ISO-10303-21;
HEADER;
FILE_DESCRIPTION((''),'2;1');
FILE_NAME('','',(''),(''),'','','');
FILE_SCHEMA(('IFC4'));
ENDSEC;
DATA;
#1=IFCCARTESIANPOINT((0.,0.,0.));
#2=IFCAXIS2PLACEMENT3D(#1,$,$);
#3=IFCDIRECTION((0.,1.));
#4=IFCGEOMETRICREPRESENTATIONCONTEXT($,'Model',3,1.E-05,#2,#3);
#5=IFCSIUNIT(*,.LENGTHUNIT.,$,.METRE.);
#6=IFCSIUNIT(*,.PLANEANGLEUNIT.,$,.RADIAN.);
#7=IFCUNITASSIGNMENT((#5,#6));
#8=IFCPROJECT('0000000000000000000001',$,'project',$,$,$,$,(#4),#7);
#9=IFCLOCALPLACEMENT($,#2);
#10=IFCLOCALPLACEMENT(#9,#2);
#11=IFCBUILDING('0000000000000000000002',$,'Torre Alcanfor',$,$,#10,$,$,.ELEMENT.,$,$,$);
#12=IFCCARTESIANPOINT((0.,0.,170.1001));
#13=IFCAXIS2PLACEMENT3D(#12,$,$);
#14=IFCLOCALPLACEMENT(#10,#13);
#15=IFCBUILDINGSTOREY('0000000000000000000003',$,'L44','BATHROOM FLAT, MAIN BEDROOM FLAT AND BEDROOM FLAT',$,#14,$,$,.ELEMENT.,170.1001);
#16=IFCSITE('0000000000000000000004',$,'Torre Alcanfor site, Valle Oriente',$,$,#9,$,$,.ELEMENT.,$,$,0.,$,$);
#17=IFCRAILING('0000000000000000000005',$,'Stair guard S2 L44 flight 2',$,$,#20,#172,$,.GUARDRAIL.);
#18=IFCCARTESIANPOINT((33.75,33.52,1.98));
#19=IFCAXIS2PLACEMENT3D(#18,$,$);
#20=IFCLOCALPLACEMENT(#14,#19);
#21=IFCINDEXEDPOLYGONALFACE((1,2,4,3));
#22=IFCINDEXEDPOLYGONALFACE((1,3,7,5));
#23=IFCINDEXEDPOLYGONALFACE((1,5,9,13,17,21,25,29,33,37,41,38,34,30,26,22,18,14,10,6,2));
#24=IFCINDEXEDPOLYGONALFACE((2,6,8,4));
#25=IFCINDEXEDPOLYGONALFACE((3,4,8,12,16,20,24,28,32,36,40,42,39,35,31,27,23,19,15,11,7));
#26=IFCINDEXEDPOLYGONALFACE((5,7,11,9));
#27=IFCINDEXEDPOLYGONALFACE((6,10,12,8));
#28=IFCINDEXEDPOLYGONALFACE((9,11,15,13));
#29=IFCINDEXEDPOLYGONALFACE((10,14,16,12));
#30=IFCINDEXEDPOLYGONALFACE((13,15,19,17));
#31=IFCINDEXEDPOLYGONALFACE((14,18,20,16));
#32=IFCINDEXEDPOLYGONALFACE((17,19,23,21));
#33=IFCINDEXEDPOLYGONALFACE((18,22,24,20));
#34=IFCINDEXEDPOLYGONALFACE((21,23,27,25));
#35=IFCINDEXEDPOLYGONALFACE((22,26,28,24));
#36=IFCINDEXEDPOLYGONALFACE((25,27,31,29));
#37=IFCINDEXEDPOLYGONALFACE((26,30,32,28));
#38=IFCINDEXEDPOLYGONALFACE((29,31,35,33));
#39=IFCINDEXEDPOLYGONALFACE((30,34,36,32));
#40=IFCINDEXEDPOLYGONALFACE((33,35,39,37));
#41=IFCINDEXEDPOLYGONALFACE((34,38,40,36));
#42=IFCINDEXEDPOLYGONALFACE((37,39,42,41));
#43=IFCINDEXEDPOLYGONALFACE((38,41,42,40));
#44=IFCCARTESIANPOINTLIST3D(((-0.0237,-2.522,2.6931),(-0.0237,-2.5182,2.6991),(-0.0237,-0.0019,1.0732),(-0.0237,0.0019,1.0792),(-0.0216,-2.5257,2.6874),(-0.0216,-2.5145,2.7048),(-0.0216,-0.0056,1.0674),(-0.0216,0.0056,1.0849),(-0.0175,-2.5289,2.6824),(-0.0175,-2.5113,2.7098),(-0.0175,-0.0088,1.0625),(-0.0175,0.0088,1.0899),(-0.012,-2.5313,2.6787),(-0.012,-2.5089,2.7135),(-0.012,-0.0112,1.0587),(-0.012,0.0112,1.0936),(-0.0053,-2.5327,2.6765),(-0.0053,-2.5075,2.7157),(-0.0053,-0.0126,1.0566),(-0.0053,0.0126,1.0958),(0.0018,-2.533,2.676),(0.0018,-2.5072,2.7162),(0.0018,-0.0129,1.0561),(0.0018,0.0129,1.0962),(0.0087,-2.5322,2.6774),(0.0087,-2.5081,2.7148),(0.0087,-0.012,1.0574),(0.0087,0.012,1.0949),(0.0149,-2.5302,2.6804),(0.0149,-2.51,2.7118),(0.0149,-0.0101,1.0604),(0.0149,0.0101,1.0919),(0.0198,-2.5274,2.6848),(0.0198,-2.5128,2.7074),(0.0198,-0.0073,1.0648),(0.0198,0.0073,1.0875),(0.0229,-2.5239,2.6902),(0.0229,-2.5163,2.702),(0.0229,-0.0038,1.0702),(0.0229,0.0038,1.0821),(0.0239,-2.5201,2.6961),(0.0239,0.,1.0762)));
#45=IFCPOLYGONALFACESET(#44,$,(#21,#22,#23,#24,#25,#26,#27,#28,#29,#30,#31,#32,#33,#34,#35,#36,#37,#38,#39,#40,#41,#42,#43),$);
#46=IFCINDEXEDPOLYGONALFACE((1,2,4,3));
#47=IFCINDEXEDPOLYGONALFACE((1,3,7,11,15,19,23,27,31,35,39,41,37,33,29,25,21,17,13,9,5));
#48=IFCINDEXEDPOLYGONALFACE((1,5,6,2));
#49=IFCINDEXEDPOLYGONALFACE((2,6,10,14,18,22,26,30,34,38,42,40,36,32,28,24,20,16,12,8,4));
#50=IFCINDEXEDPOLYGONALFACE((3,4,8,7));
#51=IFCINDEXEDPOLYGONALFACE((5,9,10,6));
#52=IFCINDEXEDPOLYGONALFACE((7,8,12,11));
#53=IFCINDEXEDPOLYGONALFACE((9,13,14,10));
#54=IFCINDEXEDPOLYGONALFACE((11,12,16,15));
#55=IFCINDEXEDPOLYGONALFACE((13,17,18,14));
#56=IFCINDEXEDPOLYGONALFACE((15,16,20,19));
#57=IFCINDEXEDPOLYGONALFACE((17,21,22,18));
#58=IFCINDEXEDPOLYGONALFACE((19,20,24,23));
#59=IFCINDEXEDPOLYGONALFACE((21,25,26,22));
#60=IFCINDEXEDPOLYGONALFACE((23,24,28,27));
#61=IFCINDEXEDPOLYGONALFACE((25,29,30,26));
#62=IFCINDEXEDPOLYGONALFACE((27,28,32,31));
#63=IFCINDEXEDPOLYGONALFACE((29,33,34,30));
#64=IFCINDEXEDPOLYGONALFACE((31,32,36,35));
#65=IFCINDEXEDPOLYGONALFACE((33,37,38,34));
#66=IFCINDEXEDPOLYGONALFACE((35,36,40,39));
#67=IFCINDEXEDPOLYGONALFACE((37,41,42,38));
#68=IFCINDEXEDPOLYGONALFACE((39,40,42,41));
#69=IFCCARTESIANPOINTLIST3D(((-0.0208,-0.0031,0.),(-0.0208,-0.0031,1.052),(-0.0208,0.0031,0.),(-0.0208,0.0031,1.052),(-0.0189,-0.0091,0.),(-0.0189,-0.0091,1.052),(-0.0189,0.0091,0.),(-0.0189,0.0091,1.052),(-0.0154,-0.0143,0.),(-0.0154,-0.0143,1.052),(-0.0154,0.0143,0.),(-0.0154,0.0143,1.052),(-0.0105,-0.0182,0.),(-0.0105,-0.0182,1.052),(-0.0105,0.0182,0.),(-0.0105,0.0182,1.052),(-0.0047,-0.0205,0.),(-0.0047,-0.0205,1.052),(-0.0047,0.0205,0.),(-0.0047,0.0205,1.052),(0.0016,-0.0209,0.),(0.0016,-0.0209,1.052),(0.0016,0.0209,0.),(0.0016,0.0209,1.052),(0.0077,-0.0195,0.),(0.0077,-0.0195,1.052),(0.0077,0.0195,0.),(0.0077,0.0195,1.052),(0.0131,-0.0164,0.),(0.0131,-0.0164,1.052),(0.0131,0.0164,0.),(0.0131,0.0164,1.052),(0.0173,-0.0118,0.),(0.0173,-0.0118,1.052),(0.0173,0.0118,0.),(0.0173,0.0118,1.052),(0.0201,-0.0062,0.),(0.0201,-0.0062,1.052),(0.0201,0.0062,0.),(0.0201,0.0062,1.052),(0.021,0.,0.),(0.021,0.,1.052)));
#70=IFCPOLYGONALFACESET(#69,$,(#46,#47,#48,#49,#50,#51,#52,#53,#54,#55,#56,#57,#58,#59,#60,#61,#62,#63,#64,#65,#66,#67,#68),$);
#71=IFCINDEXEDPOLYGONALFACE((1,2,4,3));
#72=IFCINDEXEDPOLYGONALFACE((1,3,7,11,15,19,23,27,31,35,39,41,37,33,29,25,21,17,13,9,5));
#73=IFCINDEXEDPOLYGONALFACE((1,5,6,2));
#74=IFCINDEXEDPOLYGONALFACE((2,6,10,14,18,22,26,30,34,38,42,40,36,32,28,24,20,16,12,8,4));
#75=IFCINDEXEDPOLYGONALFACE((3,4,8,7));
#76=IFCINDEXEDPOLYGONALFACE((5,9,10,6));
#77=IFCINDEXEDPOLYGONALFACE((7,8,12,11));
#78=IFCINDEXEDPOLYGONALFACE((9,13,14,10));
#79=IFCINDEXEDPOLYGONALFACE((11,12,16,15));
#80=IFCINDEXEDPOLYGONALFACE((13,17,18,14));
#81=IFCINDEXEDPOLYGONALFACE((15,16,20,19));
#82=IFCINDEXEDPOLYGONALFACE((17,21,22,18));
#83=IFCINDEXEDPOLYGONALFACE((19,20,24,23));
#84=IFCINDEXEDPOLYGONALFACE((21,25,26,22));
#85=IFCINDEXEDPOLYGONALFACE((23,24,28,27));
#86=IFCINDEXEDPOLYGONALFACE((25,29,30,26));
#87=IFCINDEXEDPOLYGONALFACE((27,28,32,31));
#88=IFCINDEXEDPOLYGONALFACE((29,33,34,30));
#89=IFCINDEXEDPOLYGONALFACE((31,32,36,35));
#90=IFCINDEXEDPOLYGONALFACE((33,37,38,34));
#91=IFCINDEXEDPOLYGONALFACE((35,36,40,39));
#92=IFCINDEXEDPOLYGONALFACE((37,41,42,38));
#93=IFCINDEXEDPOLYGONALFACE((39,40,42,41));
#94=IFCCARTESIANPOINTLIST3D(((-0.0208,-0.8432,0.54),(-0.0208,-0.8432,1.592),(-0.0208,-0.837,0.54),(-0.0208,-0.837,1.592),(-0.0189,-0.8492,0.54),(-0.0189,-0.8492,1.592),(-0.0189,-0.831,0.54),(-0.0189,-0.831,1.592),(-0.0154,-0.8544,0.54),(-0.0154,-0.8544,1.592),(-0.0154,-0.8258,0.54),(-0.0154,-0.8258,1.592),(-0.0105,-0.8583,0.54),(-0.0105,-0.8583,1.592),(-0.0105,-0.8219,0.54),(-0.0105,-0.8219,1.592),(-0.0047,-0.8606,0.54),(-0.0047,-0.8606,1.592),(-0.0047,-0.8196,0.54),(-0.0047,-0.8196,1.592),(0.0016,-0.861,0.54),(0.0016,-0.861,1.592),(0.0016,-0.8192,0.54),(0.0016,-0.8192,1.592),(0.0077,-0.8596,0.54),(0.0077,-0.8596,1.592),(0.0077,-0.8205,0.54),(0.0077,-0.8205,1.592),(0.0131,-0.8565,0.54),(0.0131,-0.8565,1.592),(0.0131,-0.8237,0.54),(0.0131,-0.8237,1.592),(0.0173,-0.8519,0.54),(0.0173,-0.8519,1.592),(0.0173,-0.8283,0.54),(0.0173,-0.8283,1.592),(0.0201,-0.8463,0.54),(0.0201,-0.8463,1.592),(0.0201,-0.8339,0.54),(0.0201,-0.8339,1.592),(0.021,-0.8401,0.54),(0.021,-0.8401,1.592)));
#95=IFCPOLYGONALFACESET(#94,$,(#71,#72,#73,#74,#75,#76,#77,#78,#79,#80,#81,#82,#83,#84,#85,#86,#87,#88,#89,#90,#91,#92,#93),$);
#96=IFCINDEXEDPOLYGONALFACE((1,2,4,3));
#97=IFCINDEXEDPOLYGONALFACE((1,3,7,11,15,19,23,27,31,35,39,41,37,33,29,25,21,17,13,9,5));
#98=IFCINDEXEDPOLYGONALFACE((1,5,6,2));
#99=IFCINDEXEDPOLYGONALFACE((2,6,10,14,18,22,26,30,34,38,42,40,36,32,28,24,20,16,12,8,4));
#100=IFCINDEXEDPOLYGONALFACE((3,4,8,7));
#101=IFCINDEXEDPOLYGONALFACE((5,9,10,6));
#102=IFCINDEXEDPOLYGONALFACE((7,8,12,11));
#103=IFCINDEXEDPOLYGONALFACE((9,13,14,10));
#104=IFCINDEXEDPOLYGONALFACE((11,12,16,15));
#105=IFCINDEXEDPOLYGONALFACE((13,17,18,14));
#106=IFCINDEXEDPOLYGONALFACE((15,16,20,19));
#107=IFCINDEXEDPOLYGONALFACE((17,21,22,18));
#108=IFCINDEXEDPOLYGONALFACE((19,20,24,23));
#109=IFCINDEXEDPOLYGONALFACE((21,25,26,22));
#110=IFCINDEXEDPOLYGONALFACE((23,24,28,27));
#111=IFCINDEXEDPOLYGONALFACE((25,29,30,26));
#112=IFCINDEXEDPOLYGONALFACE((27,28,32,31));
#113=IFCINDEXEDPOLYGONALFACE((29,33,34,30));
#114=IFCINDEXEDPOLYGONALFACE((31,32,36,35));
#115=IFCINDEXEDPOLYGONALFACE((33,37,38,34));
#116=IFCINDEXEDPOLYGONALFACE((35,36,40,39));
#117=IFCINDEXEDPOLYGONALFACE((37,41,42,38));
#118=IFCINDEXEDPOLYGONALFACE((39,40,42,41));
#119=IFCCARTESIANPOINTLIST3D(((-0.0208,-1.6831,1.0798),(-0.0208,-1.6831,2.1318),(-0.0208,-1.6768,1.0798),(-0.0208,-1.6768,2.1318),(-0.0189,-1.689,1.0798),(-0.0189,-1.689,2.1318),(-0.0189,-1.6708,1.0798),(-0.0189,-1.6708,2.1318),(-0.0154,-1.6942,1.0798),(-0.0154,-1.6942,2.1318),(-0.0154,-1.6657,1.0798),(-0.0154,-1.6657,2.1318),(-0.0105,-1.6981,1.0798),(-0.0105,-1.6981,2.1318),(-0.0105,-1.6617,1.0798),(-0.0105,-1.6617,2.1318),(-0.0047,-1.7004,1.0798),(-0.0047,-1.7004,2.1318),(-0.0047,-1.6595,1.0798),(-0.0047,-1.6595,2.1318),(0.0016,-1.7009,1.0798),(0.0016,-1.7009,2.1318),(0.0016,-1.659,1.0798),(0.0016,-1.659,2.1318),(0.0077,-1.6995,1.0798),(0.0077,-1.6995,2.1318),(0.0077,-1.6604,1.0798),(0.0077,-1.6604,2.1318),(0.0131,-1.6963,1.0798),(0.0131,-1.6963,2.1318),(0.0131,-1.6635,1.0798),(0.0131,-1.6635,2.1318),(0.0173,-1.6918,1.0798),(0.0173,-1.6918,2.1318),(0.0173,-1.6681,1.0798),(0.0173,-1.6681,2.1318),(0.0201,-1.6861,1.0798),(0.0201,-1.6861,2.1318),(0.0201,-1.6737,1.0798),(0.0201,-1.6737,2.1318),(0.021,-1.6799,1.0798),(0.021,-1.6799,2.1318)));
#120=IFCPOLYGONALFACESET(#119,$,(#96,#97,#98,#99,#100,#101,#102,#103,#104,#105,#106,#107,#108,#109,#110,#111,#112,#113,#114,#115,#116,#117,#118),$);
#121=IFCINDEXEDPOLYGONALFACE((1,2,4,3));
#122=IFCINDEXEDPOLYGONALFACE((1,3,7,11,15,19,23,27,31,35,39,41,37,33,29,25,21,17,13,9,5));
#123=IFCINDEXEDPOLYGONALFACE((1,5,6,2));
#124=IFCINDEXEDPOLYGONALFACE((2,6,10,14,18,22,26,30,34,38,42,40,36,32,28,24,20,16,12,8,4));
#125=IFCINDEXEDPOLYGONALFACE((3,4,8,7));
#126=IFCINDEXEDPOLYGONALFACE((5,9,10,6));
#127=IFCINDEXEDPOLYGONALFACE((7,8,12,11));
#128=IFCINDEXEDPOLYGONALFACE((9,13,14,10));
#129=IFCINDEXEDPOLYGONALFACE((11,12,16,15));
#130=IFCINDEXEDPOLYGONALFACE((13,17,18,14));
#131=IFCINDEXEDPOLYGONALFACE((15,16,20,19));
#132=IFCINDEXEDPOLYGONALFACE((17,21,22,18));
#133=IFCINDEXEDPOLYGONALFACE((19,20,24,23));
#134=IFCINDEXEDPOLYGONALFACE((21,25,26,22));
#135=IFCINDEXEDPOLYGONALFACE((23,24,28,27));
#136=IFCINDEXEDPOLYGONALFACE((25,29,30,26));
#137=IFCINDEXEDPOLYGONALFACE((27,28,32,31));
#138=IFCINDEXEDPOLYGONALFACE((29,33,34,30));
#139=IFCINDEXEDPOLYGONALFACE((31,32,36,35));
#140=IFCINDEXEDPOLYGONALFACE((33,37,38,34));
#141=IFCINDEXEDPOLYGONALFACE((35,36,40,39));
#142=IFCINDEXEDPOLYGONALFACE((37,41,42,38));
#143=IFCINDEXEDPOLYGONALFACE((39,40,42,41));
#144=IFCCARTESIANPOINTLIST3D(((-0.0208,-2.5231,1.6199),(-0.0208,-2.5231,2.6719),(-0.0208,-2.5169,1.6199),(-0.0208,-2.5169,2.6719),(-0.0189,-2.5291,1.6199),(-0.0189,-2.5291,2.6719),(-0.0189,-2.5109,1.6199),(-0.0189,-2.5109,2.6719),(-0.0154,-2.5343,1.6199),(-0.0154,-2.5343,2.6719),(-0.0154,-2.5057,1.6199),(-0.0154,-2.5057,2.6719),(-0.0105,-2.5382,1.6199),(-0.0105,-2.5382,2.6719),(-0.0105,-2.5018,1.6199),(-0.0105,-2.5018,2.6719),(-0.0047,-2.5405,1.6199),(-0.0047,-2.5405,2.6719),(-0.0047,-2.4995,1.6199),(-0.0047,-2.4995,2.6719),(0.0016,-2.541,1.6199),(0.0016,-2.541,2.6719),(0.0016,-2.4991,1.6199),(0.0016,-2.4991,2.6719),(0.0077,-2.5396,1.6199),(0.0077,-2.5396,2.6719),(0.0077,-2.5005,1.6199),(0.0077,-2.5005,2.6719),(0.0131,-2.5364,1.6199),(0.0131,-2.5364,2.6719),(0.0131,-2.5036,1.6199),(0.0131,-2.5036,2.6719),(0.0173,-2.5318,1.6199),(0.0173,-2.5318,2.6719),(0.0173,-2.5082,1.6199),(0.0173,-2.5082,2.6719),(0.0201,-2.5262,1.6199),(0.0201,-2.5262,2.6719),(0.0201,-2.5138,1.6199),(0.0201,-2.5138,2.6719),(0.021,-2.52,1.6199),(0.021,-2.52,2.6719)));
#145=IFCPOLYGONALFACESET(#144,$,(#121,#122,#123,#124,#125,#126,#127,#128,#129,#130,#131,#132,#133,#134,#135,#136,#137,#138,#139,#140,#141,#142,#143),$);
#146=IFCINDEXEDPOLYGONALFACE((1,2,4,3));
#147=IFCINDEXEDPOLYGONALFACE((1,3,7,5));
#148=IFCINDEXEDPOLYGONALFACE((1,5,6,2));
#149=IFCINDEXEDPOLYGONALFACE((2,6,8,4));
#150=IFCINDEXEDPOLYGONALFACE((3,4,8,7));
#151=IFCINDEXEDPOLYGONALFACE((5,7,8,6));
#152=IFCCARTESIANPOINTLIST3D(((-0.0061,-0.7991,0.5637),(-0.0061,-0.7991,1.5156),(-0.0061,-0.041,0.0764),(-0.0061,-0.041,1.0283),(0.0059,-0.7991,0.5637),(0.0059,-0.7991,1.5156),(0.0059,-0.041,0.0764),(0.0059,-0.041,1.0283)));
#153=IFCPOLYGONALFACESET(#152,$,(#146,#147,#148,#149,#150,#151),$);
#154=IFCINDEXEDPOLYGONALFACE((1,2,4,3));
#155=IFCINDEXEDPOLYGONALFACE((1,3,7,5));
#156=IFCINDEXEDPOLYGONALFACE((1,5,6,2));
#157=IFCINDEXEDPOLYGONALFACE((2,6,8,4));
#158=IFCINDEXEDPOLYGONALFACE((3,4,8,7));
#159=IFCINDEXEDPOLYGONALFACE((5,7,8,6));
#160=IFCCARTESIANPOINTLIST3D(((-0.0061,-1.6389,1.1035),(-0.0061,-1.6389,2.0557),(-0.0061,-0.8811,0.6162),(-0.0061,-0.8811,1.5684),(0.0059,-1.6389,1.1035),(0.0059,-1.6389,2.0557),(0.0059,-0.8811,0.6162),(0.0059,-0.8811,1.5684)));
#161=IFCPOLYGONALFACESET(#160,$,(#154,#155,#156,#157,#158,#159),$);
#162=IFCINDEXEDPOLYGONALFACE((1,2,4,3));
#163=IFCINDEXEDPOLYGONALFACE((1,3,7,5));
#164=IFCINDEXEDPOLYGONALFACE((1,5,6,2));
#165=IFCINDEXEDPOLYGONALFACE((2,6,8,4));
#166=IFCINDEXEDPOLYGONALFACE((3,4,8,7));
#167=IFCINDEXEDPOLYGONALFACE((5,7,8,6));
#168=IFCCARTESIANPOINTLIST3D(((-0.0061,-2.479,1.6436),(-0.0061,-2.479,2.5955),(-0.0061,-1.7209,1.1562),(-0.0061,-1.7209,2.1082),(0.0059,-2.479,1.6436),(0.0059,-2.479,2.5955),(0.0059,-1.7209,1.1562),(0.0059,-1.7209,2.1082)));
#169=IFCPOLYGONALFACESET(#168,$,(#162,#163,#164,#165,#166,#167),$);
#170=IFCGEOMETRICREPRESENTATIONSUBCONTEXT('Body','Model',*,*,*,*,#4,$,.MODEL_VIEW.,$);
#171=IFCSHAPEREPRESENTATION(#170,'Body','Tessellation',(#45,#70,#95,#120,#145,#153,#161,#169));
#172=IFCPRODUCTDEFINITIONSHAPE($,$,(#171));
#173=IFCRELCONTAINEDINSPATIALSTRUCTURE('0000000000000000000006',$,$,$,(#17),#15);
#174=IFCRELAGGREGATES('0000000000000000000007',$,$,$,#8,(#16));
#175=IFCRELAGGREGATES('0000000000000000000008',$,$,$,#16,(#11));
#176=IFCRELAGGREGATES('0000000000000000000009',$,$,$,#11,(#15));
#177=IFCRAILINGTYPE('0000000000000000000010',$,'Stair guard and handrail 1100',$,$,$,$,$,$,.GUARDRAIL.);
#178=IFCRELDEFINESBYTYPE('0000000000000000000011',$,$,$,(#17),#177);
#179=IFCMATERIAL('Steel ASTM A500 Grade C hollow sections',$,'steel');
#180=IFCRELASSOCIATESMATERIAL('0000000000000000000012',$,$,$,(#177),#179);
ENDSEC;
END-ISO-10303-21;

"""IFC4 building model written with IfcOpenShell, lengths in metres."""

from ifc_helpers import new_model, si_unit, direction, frame, origin, origin_2d, place, context, subcontext, project, spatial, polyline, circle, outline, extrude, material, type_object, element, save


model = new_model("IFC4")

# Units and contexts
model_context = context("Model", 3, precision=1e-05, world=origin(), true_north=direction((0.0, 1.0)))
body_context = subcontext(model_context, "Body", "Model", "MODEL_VIEW")
ifc_project = project(units=[si_unit("LENGTHUNIT", "METRE"), si_unit("PLANEANGLEUNIT", "RADIAN")], contexts=[model_context])

# Site, building, storey
site_placement = place(None, origin())
site = spatial("IfcSite", under=ifc_project, at=site_placement, Name="Torre Alcanfor site, Valle Oriente", CompositionType="ELEMENT", RefElevation=0.0)
building_placement = place(site_placement, origin())
building = spatial("IfcBuilding", under=site, at=building_placement, Name="Torre Alcanfor", CompositionType="ELEMENT")
storey_placement = place(building_placement, frame((0.0, 0.0, 170.1001)))
storey = spatial("IfcBuildingStorey", under=building, at=storey_placement, Name="L44", Description="BATHROOM FLAT, MAIN BEDROOM FLAT AND BEDROOM FLAT", CompositionType="ELEMENT", Elevation=170.1001)

# Railing
ifc_material_1 = material(Name="Steel ASTM A500 Grade C hollow sections", Category="steel")
railing_type_1 = type_object("IfcRailingType", Name="Stair guard and handrail 1100", PredefinedType="GUARDRAIL", material=ifc_material_1)
railing_1_placement = place(storey_placement, frame((33.75, 33.52, 1.98)))
element("IfcRailing", 1, at=railing_1_placement, inside=storey, type_object=railing_type_1, Name="Stair guard S2 L44 flight 2", PredefinedType="GUARDRAIL", context=body_context, shape_type="SweptSolid", body=[
    extrude(circle(Radius=0.0239, at=origin_2d()), frame((0.0, 0.0, 1.0762), z_axis=(0.0, -0.8412, 0.540725), x_axis=(1.0, 0.0, 0.0)), (0.0, 0.0, 1.0), 2.9958),
    extrude(circle(Radius=0.021, at=origin_2d()), origin(), (0.0, 0.0, 1.0), 1.052),
    extrude(circle(Radius=0.021, at=origin_2d()), frame((0.0, -0.8401, 0.54)), (0.0, 0.0, 1.0), 1.052),
    extrude(circle(Radius=0.021, at=origin_2d()), frame((0.0, -1.6799, 1.0798)), (0.0, 0.0, 1.0), 1.052),
    extrude(circle(Radius=0.021, at=origin_2d()), frame((0.0, -2.52, 1.6199)), (0.0, 0.0, 1.0), 1.052),
    extrude(outline(polyline([(0.041, 0.0764), (0.7991, 0.5637), (0.7991, 1.5156), (0.041, 1.0283), (0.041, 0.0764)])), frame((0.0059, 0.0, 0.0), z_axis=(-1.0, 0.0, 0.0), x_axis=(0.0, -1.0, 0.0)), (0.0, 0.0, 1.0), 0.012),
    extrude(outline(polyline([(0.8811, 0.6162), (1.6389, 1.1035), (1.6389, 2.0557), (0.8811, 1.5684), (0.8811, 0.6162)])), frame((0.0059, 0.0, 0.0), z_axis=(-1.0, 0.0, 0.0), x_axis=(0.0, -1.0, 0.0)), (0.0, 0.0, 1.0), 0.012),
    extrude(outline(polyline([(1.7209, 1.1562), (2.479, 1.6436), (2.479, 2.5955), (1.7209, 2.1082), (1.7209, 1.1562)])), frame((0.0059, 0.0, 0.0), z_axis=(-1.0, 0.0, 0.0), x_axis=(0.0, -1.0, 0.0)), (0.0, 0.0, 1.0), 0.012),
])

save(model, "model.ifc")
